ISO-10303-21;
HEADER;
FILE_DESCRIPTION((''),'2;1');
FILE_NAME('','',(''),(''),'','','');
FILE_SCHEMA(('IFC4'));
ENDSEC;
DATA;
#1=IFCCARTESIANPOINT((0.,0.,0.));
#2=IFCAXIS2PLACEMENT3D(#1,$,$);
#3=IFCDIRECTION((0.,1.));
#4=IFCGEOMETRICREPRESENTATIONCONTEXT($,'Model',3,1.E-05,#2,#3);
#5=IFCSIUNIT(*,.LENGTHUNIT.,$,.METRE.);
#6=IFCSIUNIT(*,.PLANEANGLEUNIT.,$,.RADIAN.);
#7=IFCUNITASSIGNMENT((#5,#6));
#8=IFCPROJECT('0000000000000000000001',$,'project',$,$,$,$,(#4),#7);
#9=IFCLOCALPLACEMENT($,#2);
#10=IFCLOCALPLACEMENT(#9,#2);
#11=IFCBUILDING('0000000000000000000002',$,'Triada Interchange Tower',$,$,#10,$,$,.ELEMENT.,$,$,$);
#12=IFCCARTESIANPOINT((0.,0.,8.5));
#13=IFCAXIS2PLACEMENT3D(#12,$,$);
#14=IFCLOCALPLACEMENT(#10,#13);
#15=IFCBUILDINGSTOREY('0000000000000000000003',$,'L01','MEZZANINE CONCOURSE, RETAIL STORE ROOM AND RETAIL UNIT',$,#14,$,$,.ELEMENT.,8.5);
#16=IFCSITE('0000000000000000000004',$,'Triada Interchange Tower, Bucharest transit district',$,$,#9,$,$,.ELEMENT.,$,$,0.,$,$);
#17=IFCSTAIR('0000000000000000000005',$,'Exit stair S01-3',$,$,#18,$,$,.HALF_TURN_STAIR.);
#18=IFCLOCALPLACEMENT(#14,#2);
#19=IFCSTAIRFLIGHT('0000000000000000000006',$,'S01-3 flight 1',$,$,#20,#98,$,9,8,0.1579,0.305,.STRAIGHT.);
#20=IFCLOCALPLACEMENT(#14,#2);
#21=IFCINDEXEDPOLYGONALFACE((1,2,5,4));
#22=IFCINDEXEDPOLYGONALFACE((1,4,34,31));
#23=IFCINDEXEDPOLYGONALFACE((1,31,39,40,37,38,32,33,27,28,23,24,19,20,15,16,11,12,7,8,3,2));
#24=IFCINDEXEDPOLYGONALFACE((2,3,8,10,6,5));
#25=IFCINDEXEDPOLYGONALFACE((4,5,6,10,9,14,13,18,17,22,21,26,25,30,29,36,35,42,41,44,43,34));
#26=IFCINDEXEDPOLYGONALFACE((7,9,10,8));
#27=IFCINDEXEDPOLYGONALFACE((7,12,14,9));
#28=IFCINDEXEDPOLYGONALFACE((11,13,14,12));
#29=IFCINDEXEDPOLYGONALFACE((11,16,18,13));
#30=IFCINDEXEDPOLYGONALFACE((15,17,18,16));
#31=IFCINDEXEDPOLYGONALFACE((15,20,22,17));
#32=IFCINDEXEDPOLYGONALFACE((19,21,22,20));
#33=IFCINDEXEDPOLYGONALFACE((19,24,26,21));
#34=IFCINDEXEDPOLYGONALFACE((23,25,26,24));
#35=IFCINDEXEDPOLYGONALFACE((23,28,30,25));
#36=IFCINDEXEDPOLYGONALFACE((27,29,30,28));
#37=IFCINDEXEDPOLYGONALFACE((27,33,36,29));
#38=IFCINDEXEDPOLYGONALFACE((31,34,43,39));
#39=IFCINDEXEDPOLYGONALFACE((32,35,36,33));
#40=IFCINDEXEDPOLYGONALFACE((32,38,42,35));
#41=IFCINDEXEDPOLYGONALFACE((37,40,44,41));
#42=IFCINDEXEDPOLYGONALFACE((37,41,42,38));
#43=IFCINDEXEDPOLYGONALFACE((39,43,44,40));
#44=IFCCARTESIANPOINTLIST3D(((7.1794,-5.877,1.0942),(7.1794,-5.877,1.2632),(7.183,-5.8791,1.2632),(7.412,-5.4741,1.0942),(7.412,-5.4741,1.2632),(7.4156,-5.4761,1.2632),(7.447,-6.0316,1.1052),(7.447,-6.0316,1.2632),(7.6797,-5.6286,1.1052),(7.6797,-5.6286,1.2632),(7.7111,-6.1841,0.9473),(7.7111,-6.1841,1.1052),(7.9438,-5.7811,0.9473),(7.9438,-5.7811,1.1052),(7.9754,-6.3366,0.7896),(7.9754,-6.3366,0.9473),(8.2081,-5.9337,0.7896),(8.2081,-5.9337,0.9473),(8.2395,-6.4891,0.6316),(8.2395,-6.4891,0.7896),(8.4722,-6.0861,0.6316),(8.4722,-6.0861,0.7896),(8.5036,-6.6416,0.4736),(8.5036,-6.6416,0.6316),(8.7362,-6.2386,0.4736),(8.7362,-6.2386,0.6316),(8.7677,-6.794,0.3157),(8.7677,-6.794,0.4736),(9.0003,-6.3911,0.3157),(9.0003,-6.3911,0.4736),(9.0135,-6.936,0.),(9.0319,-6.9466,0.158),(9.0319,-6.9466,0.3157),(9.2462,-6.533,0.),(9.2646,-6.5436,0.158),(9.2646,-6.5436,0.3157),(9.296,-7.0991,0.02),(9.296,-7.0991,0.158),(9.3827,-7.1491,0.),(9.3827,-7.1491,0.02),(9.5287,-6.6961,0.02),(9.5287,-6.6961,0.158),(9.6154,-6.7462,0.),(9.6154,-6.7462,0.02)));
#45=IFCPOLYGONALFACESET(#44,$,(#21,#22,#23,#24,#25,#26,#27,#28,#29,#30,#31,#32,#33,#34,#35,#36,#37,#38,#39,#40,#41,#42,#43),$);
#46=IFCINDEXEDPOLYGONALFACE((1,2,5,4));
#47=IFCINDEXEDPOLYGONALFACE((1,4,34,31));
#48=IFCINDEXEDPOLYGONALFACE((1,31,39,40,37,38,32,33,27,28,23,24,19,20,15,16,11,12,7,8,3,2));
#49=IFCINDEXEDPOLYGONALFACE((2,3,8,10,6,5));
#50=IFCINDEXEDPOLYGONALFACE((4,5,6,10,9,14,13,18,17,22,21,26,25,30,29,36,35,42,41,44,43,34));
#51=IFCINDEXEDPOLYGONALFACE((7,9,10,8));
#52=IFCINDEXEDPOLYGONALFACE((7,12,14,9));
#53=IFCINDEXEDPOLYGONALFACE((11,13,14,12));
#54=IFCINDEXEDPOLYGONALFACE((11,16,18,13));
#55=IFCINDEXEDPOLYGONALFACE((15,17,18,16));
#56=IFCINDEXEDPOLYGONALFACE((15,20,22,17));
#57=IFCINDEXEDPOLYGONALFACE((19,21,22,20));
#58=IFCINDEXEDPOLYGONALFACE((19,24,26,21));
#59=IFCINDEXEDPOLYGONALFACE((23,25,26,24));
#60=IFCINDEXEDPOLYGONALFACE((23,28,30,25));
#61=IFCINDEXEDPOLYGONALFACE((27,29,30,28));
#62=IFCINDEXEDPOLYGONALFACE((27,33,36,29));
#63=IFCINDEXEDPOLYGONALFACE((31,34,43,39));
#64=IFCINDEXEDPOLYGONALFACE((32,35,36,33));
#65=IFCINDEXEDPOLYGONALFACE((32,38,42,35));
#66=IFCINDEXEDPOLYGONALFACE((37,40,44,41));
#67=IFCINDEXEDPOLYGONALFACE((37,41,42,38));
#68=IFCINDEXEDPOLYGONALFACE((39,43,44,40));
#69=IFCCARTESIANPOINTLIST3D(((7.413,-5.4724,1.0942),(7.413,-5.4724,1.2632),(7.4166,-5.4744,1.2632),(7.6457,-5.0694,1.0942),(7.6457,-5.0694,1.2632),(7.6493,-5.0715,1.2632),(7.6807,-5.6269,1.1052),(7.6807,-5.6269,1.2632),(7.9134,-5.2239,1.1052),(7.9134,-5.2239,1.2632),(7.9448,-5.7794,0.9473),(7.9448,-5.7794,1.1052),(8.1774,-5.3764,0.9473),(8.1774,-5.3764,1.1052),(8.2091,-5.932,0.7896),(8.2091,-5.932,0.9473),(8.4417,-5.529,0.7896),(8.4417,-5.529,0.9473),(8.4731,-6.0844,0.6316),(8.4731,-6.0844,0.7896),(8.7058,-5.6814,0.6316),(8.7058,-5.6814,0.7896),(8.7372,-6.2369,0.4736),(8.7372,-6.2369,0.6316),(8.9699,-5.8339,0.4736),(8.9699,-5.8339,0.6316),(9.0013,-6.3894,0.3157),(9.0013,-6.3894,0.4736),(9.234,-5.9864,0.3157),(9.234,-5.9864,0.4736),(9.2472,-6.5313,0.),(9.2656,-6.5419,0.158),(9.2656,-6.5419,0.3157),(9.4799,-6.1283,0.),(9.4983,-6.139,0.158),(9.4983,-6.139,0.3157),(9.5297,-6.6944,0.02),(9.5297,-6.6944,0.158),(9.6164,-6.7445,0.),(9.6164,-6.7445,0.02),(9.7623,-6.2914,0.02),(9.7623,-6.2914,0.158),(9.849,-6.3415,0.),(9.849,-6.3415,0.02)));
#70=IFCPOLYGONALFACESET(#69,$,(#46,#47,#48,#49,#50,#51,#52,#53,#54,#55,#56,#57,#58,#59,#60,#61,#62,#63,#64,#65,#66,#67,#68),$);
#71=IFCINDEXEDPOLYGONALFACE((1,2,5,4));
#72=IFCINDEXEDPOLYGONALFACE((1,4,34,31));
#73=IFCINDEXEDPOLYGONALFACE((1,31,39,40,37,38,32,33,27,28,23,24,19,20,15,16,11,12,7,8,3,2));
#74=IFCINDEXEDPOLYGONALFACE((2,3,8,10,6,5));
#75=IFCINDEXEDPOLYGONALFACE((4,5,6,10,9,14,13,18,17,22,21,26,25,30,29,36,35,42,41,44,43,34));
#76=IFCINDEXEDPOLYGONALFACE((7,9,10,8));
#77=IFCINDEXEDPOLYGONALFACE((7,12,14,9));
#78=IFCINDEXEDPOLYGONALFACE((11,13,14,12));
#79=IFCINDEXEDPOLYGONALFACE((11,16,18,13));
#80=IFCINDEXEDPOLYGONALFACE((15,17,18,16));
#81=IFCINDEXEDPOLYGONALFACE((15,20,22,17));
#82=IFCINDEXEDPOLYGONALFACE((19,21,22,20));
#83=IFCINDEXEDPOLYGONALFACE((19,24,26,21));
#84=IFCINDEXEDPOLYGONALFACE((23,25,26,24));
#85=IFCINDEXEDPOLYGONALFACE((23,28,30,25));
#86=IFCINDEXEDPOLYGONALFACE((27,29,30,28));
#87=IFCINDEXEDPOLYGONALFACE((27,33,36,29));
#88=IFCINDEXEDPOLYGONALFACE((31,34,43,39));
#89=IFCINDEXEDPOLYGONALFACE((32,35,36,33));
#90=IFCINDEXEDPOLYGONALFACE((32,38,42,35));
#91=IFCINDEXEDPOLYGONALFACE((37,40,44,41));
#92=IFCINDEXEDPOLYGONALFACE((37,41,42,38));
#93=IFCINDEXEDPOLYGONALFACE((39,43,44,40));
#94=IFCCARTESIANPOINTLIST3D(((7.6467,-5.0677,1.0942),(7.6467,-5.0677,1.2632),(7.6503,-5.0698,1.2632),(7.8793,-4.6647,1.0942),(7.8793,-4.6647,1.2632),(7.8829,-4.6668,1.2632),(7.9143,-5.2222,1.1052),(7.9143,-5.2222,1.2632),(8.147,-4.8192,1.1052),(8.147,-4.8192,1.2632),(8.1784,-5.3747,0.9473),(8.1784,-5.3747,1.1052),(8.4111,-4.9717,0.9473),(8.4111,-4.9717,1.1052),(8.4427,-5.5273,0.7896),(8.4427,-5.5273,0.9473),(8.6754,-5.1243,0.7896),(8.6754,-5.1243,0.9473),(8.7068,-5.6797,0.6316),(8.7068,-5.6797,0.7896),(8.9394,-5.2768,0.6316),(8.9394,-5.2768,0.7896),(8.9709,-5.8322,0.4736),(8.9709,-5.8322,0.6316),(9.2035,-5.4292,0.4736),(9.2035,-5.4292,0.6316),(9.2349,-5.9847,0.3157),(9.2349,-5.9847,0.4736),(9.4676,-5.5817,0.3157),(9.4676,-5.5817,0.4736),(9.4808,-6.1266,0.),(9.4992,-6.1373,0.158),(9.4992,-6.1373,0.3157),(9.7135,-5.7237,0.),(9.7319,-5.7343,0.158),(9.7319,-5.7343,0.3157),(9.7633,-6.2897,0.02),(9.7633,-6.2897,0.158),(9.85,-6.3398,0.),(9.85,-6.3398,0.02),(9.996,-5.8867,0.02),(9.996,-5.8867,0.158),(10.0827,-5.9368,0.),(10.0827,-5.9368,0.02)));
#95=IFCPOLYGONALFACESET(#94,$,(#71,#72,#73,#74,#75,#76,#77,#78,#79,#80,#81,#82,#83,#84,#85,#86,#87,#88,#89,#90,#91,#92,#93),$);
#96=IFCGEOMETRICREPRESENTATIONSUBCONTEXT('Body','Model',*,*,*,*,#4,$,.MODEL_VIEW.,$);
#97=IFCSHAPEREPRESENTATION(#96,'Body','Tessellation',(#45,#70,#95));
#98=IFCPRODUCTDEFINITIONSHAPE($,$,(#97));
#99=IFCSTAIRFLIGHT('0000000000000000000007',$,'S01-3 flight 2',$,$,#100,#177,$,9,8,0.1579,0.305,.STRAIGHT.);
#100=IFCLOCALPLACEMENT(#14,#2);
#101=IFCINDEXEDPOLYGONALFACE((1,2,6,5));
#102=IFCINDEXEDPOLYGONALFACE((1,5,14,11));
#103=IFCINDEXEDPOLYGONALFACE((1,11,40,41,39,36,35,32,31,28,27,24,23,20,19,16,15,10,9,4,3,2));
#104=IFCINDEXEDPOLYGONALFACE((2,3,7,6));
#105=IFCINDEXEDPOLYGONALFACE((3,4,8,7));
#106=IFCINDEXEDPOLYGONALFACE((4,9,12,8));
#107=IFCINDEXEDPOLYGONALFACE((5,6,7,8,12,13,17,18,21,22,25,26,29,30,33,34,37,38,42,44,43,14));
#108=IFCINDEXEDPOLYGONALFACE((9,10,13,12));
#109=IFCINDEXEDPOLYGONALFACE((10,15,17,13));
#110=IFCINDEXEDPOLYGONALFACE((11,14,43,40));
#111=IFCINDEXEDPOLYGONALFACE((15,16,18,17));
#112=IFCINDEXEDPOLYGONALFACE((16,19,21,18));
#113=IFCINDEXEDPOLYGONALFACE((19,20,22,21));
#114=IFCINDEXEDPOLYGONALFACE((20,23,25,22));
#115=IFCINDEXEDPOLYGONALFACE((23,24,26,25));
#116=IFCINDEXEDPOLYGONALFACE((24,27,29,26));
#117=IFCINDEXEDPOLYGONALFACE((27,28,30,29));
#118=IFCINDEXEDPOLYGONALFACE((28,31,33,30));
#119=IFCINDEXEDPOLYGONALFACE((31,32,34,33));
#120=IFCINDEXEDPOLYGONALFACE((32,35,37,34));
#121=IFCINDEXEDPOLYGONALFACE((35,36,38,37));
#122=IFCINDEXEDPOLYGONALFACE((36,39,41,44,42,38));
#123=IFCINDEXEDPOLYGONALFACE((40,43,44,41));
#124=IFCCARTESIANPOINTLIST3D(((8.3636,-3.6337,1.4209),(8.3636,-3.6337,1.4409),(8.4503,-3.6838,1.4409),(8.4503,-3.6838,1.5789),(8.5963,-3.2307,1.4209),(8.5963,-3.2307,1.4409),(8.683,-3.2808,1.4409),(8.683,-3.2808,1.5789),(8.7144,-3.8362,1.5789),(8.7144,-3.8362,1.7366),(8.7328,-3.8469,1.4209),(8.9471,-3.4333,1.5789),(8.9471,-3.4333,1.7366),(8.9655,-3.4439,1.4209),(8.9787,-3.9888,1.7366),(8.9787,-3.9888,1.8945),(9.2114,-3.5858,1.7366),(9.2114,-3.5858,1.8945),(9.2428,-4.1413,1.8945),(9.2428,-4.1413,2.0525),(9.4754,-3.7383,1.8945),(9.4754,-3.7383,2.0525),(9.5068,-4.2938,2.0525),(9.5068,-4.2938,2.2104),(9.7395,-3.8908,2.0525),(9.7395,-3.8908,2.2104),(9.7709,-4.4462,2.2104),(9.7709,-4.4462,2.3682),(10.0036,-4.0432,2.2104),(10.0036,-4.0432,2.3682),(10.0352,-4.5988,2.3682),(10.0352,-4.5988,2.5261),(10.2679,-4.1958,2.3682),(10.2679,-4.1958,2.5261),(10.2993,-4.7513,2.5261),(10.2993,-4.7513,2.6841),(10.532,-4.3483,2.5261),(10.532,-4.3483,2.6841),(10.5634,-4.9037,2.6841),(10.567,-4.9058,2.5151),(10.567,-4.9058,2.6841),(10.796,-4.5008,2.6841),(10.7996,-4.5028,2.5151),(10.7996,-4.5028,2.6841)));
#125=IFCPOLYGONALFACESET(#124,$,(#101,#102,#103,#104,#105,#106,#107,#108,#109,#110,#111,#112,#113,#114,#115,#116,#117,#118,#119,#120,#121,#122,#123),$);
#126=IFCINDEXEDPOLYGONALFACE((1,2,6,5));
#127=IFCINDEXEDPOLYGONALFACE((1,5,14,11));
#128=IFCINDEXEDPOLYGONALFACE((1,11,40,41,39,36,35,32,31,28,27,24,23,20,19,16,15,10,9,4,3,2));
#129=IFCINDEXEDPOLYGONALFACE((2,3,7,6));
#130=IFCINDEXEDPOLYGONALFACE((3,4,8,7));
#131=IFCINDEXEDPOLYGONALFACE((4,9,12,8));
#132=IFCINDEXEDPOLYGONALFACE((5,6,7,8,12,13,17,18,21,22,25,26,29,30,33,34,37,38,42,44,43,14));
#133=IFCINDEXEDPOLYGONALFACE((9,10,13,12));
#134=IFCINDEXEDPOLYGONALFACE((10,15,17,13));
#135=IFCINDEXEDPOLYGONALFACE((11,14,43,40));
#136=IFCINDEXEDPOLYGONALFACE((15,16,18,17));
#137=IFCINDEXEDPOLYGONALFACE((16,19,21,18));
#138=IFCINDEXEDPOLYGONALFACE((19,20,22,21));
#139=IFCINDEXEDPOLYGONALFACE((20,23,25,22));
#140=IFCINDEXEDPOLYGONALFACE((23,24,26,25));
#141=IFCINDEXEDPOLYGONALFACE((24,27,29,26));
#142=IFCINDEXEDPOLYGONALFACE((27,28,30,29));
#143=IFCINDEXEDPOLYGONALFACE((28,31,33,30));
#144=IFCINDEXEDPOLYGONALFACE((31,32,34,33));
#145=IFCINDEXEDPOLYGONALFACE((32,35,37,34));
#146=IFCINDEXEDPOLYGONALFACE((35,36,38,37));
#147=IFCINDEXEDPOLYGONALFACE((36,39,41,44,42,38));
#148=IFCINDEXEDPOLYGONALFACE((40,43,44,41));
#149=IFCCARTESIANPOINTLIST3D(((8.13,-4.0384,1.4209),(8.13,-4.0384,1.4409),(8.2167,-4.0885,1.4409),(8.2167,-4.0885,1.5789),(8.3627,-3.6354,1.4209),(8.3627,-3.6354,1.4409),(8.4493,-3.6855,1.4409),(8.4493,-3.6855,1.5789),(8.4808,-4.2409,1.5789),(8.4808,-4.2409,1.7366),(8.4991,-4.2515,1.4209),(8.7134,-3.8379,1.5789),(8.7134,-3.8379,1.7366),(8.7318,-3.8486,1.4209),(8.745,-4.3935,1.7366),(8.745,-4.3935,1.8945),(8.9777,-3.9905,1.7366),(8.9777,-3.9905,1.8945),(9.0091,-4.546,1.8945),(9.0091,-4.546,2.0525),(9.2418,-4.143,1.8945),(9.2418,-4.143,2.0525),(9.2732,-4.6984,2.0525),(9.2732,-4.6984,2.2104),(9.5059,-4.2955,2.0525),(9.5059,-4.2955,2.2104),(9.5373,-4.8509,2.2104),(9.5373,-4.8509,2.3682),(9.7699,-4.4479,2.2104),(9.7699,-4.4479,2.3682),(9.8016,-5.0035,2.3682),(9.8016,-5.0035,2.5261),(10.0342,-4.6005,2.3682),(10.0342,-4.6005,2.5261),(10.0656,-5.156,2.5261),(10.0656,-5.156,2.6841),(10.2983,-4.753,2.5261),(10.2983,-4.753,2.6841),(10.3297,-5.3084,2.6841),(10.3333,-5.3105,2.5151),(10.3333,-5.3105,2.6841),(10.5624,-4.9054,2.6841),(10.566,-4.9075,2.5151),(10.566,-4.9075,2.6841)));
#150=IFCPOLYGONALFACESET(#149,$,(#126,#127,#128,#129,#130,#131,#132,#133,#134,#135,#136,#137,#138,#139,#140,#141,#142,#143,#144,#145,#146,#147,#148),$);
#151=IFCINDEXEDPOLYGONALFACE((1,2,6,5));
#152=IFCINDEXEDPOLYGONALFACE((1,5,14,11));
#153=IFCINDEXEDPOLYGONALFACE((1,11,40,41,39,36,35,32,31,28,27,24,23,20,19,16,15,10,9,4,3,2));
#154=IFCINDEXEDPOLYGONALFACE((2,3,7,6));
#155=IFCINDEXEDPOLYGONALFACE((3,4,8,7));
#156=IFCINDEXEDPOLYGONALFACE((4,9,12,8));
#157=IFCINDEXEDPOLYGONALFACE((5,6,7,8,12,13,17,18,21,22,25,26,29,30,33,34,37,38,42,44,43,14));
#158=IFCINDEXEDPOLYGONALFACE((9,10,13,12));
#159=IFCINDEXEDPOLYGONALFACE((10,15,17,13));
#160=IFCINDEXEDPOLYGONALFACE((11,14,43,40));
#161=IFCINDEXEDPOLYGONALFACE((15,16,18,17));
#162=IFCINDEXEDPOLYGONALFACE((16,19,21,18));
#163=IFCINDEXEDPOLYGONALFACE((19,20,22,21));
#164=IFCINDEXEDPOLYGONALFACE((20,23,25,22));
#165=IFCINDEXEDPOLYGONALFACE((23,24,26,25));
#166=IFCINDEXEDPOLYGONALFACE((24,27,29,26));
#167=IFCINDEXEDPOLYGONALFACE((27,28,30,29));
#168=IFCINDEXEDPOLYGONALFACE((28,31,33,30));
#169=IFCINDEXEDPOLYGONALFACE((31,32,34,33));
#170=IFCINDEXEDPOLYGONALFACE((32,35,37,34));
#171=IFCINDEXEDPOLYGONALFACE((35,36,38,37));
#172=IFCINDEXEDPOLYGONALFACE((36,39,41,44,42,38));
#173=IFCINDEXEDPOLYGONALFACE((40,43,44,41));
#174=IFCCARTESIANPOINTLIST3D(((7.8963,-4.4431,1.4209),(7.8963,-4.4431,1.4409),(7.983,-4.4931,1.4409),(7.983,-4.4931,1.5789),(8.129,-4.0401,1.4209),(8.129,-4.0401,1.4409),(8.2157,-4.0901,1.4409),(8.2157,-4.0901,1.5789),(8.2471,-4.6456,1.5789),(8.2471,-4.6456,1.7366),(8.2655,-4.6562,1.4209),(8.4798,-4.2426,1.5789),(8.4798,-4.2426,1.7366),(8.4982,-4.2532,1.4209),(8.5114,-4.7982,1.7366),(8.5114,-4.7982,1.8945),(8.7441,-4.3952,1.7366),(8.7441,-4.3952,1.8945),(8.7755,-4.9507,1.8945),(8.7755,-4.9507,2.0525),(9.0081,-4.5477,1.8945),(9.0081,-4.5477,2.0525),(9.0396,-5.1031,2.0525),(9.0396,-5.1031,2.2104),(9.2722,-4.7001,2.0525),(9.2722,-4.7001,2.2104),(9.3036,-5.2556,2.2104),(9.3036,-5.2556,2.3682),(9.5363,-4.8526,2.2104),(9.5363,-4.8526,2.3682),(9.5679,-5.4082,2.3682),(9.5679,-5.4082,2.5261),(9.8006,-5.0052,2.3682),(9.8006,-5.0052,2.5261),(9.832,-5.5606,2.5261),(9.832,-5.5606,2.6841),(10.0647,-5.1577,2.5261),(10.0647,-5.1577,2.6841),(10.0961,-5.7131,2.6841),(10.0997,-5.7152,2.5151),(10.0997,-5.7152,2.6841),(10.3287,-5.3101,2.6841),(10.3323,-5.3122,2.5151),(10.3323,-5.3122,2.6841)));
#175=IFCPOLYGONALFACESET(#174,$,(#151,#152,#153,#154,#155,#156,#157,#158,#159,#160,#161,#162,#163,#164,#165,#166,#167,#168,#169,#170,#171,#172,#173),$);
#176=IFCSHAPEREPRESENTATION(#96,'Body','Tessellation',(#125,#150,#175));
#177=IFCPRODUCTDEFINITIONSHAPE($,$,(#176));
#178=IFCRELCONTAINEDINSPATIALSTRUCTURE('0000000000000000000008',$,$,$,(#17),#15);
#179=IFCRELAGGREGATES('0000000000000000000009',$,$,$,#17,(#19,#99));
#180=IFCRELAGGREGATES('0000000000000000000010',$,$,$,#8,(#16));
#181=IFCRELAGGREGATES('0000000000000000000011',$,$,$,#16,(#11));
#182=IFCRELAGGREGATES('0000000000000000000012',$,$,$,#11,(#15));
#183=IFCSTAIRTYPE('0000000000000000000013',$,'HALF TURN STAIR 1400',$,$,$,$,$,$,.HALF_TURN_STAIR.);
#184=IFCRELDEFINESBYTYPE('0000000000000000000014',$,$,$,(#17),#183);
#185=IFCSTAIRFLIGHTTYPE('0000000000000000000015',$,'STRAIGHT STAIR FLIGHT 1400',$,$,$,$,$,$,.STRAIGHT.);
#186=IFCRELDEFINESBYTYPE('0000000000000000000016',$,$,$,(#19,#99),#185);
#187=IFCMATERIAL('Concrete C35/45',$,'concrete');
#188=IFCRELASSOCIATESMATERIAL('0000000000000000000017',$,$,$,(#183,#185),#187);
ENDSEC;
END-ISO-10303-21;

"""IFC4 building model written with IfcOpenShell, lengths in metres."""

from ifc_helpers import new_model, si_unit, direction, frame, origin, place, context, subcontext, project, spatial, polyline, outline, extrude, material, type_object, element, aggregate, save


model = new_model("IFC4")

# Units and contexts
model_context = context("Model", 3, precision=1e-05, world=origin(), true_north=direction((0.0, 1.0)))
body_context = subcontext(model_context, "Body", "Model", "MODEL_VIEW")
ifc_project = project(units=[si_unit("LENGTHUNIT", "METRE"), si_unit("PLANEANGLEUNIT", "RADIAN")], contexts=[model_context])

# Site, building, storey
site_placement = place(None, origin())
site = spatial("IfcSite", under=ifc_project, at=site_placement, Name="Triada Interchange Tower, Bucharest transit district", CompositionType="ELEMENT", RefElevation=0.0)
building_placement = place(site_placement, origin())
building = spatial("IfcBuilding", under=site, at=building_placement, Name="Triada Interchange Tower", CompositionType="ELEMENT")
storey_placement = place(building_placement, frame((0.0, 0.0, 8.5)))
storey = spatial("IfcBuildingStorey", under=building, at=storey_placement, Name="L01", Description="MEZZANINE CONCOURSE, RETAIL STORE ROOM AND RETAIL UNIT", CompositionType="ELEMENT", Elevation=8.5)

# Shared definitions
ifc_material_1 = material(Name="Concrete C35/45", Category="concrete")

# Stair, stair flights
stair_type = type_object("IfcStairType", Name="HALF TURN STAIR 1400", PredefinedType="HALF_TURN_STAIR", material=ifc_material_1)
stair_1_placement = place(storey_placement, origin())
stair_1 = element("IfcStair", 1, at=stair_1_placement, inside=storey, type_object=stair_type, Name="Exit stair S01-3", PredefinedType="HALF_TURN_STAIR")
stair_flight_type = type_object("IfcStairFlightType", Name="STRAIGHT STAIR FLIGHT 1400", PredefinedType="STRAIGHT", material=ifc_material_1)
stair_flight_1_placement = place(storey_placement, frame((9.646, -6.4929, 0.0), z_axis=(0.0, 0.0, 1.0), x_axis=(-0.866025, 0.5, 0.0)))
stair_flight_1 = element("IfcStairFlight", 2, at=stair_flight_1_placement, type_object=stair_flight_type, Name="S01-3 flight 1", NumberOfRisers=9, NumberOfTreads=8, PredefinedType="STRAIGHT", RiserHeight=0.1579, TreadLength=0.305, context=body_context, shape_type="SweptSolid", body=[
    extrude(outline(polyline([(-0.1001, 0.0), (-0.1001, 0.02), (0.0, 0.02), (0.0, 0.158), (0.3049, 0.158), (0.3049, 0.3157), (0.6101, 0.3157), (0.6101, 0.4736), (0.915, 0.4736), (0.915, 0.6316), (1.22, 0.6316), (1.22, 0.7896), (1.5249, 0.7896), (1.5249, 0.9473), (1.8301, 0.9473), (1.8301, 1.1052), (2.135, 1.1052), (2.135, 1.2632), (2.4399, 1.2632), (2.4441, 1.2632), (2.4441, 1.4209), (2.4441, 1.0942), (0.3262, 0.0), (-0.1001, 0.0)])), frame((0.0, 0.7, 0.0), z_axis=(0.0, -1.0, 0.0), x_axis=(1.0, 0.0, 0.0)), (0.0, 0.0, 1.0), 0.4653),
    extrude(outline(polyline([(-0.1001, 0.0), (-0.1001, 0.02), (0.0, 0.02), (0.0, 0.158), (0.3049, 0.158), (0.3049, 0.3157), (0.6101, 0.3157), (0.6101, 0.4736), (0.915, 0.4736), (0.915, 0.6316), (1.22, 0.6316), (1.22, 0.7896), (1.5249, 0.7896), (1.5249, 0.9473), (1.8301, 0.9473), (1.8301, 1.1052), (2.135, 1.1052), (2.135, 1.2632), (2.4399, 1.2632), (2.4441, 1.2632), (2.4441, 1.4209), (2.4441, 1.0942), (0.3262, 0.0), (-0.1001, 0.0)])), frame((0.0, 0.2327, 0.0), z_axis=(0.0, -1.0, 0.0), x_axis=(1.0, 0.0, 0.0)), (0.0, 0.0, 1.0), 0.4653),
    extrude(outline(polyline([(-0.1001, 0.0), (-0.1001, 0.02), (0.0, 0.02), (0.0, 0.158), (0.3049, 0.158), (0.3049, 0.3157), (0.6101, 0.3157), (0.6101, 0.4736), (0.915, 0.4736), (0.915, 0.6316), (1.22, 0.6316), (1.22, 0.7896), (1.5249, 0.7896), (1.5249, 0.9473), (1.8301, 0.9473), (1.8301, 1.1052), (2.135, 1.1052), (2.135, 1.2632), (2.4399, 1.2632), (2.4441, 1.2632), (2.4441, 1.4209), (2.4441, 1.0942), (0.3262, 0.0), (-0.1001, 0.0)])), frame((0.0, -0.2346, 0.0), z_axis=(0.0, -1.0, 0.0), x_axis=(1.0, 0.0, 0.0)), (0.0, 0.0, 1.0), 0.4653),
])
stair_flight_2_placement = place(storey_placement, frame((8.333, -3.887, 1.4209), z_axis=(0.0, 0.0, 1.0), x_axis=(0.866025, -0.5, 0.0)))
stair_flight_2 = element("IfcStairFlight", 3, at=stair_flight_2_placement, type_object=stair_flight_type, Name="S01-3 flight 2", NumberOfRisers=9, NumberOfTreads=8, PredefinedType="STRAIGHT", RiserHeight=0.1579, TreadLength=0.305, context=body_context, shape_type="SweptSolid", body=[
    extrude(outline(polyline([(-0.1001, 0.0), (-0.1001, 0.02), (0.0, 0.02), (0.0, 0.158), (0.3049, 0.158), (0.3049, 0.3157), (0.6101, 0.3157), (0.6101, 0.4736), (0.915, 0.4736), (0.915, 0.6316), (1.22, 0.6316), (1.22, 0.7896), (1.5249, 0.7896), (1.5249, 0.9473), (1.8301, 0.9473), (1.8301, 1.1052), (2.135, 1.1052), (2.135, 1.2632), (2.4399, 1.2632), (2.4441, 1.2632), (2.4441, 1.4209), (2.4441, 1.0942), (0.3262, 0.0), (-0.1001, 0.0)])), frame((0.0, 0.7, 0.0), z_axis=(0.0, -1.0, 0.0), x_axis=(1.0, 0.0, 0.0)), (0.0, 0.0, 1.0), 0.4653),
    extrude(outline(polyline([(-0.1001, 0.0), (-0.1001, 0.02), (0.0, 0.02), (0.0, 0.158), (0.3049, 0.158), (0.3049, 0.3157), (0.6101, 0.3157), (0.6101, 0.4736), (0.915, 0.4736), (0.915, 0.6316), (1.22, 0.6316), (1.22, 0.7896), (1.5249, 0.7896), (1.5249, 0.9473), (1.8301, 0.9473), (1.8301, 1.1052), (2.135, 1.1052), (2.135, 1.2632), (2.4399, 1.2632), (2.4441, 1.2632), (2.4441, 1.4209), (2.4441, 1.0942), (0.3262, 0.0), (-0.1001, 0.0)])), frame((0.0, 0.2327, 0.0), z_axis=(0.0, -1.0, 0.0), x_axis=(1.0, 0.0, 0.0)), (0.0, 0.0, 1.0), 0.4653),
    extrude(outline(polyline([(-0.1001, 0.0), (-0.1001, 0.02), (0.0, 0.02), (0.0, 0.158), (0.3049, 0.158), (0.3049, 0.3157), (0.6101, 0.3157), (0.6101, 0.4736), (0.915, 0.4736), (0.915, 0.6316), (1.22, 0.6316), (1.22, 0.7896), (1.5249, 0.7896), (1.5249, 0.9473), (1.8301, 0.9473), (1.8301, 1.1052), (2.135, 1.1052), (2.135, 1.2632), (2.4399, 1.2632), (2.4441, 1.2632), (2.4441, 1.4209), (2.4441, 1.0942), (0.3262, 0.0), (-0.1001, 0.0)])), frame((0.0, -0.2346, 0.0), z_axis=(0.0, -1.0, 0.0), x_axis=(1.0, 0.0, 0.0)), (0.0, 0.0, 1.0), 0.4653),
])

aggregate(stair_1, [stair_flight_1, stair_flight_2])

save(model, "model.ifc")
